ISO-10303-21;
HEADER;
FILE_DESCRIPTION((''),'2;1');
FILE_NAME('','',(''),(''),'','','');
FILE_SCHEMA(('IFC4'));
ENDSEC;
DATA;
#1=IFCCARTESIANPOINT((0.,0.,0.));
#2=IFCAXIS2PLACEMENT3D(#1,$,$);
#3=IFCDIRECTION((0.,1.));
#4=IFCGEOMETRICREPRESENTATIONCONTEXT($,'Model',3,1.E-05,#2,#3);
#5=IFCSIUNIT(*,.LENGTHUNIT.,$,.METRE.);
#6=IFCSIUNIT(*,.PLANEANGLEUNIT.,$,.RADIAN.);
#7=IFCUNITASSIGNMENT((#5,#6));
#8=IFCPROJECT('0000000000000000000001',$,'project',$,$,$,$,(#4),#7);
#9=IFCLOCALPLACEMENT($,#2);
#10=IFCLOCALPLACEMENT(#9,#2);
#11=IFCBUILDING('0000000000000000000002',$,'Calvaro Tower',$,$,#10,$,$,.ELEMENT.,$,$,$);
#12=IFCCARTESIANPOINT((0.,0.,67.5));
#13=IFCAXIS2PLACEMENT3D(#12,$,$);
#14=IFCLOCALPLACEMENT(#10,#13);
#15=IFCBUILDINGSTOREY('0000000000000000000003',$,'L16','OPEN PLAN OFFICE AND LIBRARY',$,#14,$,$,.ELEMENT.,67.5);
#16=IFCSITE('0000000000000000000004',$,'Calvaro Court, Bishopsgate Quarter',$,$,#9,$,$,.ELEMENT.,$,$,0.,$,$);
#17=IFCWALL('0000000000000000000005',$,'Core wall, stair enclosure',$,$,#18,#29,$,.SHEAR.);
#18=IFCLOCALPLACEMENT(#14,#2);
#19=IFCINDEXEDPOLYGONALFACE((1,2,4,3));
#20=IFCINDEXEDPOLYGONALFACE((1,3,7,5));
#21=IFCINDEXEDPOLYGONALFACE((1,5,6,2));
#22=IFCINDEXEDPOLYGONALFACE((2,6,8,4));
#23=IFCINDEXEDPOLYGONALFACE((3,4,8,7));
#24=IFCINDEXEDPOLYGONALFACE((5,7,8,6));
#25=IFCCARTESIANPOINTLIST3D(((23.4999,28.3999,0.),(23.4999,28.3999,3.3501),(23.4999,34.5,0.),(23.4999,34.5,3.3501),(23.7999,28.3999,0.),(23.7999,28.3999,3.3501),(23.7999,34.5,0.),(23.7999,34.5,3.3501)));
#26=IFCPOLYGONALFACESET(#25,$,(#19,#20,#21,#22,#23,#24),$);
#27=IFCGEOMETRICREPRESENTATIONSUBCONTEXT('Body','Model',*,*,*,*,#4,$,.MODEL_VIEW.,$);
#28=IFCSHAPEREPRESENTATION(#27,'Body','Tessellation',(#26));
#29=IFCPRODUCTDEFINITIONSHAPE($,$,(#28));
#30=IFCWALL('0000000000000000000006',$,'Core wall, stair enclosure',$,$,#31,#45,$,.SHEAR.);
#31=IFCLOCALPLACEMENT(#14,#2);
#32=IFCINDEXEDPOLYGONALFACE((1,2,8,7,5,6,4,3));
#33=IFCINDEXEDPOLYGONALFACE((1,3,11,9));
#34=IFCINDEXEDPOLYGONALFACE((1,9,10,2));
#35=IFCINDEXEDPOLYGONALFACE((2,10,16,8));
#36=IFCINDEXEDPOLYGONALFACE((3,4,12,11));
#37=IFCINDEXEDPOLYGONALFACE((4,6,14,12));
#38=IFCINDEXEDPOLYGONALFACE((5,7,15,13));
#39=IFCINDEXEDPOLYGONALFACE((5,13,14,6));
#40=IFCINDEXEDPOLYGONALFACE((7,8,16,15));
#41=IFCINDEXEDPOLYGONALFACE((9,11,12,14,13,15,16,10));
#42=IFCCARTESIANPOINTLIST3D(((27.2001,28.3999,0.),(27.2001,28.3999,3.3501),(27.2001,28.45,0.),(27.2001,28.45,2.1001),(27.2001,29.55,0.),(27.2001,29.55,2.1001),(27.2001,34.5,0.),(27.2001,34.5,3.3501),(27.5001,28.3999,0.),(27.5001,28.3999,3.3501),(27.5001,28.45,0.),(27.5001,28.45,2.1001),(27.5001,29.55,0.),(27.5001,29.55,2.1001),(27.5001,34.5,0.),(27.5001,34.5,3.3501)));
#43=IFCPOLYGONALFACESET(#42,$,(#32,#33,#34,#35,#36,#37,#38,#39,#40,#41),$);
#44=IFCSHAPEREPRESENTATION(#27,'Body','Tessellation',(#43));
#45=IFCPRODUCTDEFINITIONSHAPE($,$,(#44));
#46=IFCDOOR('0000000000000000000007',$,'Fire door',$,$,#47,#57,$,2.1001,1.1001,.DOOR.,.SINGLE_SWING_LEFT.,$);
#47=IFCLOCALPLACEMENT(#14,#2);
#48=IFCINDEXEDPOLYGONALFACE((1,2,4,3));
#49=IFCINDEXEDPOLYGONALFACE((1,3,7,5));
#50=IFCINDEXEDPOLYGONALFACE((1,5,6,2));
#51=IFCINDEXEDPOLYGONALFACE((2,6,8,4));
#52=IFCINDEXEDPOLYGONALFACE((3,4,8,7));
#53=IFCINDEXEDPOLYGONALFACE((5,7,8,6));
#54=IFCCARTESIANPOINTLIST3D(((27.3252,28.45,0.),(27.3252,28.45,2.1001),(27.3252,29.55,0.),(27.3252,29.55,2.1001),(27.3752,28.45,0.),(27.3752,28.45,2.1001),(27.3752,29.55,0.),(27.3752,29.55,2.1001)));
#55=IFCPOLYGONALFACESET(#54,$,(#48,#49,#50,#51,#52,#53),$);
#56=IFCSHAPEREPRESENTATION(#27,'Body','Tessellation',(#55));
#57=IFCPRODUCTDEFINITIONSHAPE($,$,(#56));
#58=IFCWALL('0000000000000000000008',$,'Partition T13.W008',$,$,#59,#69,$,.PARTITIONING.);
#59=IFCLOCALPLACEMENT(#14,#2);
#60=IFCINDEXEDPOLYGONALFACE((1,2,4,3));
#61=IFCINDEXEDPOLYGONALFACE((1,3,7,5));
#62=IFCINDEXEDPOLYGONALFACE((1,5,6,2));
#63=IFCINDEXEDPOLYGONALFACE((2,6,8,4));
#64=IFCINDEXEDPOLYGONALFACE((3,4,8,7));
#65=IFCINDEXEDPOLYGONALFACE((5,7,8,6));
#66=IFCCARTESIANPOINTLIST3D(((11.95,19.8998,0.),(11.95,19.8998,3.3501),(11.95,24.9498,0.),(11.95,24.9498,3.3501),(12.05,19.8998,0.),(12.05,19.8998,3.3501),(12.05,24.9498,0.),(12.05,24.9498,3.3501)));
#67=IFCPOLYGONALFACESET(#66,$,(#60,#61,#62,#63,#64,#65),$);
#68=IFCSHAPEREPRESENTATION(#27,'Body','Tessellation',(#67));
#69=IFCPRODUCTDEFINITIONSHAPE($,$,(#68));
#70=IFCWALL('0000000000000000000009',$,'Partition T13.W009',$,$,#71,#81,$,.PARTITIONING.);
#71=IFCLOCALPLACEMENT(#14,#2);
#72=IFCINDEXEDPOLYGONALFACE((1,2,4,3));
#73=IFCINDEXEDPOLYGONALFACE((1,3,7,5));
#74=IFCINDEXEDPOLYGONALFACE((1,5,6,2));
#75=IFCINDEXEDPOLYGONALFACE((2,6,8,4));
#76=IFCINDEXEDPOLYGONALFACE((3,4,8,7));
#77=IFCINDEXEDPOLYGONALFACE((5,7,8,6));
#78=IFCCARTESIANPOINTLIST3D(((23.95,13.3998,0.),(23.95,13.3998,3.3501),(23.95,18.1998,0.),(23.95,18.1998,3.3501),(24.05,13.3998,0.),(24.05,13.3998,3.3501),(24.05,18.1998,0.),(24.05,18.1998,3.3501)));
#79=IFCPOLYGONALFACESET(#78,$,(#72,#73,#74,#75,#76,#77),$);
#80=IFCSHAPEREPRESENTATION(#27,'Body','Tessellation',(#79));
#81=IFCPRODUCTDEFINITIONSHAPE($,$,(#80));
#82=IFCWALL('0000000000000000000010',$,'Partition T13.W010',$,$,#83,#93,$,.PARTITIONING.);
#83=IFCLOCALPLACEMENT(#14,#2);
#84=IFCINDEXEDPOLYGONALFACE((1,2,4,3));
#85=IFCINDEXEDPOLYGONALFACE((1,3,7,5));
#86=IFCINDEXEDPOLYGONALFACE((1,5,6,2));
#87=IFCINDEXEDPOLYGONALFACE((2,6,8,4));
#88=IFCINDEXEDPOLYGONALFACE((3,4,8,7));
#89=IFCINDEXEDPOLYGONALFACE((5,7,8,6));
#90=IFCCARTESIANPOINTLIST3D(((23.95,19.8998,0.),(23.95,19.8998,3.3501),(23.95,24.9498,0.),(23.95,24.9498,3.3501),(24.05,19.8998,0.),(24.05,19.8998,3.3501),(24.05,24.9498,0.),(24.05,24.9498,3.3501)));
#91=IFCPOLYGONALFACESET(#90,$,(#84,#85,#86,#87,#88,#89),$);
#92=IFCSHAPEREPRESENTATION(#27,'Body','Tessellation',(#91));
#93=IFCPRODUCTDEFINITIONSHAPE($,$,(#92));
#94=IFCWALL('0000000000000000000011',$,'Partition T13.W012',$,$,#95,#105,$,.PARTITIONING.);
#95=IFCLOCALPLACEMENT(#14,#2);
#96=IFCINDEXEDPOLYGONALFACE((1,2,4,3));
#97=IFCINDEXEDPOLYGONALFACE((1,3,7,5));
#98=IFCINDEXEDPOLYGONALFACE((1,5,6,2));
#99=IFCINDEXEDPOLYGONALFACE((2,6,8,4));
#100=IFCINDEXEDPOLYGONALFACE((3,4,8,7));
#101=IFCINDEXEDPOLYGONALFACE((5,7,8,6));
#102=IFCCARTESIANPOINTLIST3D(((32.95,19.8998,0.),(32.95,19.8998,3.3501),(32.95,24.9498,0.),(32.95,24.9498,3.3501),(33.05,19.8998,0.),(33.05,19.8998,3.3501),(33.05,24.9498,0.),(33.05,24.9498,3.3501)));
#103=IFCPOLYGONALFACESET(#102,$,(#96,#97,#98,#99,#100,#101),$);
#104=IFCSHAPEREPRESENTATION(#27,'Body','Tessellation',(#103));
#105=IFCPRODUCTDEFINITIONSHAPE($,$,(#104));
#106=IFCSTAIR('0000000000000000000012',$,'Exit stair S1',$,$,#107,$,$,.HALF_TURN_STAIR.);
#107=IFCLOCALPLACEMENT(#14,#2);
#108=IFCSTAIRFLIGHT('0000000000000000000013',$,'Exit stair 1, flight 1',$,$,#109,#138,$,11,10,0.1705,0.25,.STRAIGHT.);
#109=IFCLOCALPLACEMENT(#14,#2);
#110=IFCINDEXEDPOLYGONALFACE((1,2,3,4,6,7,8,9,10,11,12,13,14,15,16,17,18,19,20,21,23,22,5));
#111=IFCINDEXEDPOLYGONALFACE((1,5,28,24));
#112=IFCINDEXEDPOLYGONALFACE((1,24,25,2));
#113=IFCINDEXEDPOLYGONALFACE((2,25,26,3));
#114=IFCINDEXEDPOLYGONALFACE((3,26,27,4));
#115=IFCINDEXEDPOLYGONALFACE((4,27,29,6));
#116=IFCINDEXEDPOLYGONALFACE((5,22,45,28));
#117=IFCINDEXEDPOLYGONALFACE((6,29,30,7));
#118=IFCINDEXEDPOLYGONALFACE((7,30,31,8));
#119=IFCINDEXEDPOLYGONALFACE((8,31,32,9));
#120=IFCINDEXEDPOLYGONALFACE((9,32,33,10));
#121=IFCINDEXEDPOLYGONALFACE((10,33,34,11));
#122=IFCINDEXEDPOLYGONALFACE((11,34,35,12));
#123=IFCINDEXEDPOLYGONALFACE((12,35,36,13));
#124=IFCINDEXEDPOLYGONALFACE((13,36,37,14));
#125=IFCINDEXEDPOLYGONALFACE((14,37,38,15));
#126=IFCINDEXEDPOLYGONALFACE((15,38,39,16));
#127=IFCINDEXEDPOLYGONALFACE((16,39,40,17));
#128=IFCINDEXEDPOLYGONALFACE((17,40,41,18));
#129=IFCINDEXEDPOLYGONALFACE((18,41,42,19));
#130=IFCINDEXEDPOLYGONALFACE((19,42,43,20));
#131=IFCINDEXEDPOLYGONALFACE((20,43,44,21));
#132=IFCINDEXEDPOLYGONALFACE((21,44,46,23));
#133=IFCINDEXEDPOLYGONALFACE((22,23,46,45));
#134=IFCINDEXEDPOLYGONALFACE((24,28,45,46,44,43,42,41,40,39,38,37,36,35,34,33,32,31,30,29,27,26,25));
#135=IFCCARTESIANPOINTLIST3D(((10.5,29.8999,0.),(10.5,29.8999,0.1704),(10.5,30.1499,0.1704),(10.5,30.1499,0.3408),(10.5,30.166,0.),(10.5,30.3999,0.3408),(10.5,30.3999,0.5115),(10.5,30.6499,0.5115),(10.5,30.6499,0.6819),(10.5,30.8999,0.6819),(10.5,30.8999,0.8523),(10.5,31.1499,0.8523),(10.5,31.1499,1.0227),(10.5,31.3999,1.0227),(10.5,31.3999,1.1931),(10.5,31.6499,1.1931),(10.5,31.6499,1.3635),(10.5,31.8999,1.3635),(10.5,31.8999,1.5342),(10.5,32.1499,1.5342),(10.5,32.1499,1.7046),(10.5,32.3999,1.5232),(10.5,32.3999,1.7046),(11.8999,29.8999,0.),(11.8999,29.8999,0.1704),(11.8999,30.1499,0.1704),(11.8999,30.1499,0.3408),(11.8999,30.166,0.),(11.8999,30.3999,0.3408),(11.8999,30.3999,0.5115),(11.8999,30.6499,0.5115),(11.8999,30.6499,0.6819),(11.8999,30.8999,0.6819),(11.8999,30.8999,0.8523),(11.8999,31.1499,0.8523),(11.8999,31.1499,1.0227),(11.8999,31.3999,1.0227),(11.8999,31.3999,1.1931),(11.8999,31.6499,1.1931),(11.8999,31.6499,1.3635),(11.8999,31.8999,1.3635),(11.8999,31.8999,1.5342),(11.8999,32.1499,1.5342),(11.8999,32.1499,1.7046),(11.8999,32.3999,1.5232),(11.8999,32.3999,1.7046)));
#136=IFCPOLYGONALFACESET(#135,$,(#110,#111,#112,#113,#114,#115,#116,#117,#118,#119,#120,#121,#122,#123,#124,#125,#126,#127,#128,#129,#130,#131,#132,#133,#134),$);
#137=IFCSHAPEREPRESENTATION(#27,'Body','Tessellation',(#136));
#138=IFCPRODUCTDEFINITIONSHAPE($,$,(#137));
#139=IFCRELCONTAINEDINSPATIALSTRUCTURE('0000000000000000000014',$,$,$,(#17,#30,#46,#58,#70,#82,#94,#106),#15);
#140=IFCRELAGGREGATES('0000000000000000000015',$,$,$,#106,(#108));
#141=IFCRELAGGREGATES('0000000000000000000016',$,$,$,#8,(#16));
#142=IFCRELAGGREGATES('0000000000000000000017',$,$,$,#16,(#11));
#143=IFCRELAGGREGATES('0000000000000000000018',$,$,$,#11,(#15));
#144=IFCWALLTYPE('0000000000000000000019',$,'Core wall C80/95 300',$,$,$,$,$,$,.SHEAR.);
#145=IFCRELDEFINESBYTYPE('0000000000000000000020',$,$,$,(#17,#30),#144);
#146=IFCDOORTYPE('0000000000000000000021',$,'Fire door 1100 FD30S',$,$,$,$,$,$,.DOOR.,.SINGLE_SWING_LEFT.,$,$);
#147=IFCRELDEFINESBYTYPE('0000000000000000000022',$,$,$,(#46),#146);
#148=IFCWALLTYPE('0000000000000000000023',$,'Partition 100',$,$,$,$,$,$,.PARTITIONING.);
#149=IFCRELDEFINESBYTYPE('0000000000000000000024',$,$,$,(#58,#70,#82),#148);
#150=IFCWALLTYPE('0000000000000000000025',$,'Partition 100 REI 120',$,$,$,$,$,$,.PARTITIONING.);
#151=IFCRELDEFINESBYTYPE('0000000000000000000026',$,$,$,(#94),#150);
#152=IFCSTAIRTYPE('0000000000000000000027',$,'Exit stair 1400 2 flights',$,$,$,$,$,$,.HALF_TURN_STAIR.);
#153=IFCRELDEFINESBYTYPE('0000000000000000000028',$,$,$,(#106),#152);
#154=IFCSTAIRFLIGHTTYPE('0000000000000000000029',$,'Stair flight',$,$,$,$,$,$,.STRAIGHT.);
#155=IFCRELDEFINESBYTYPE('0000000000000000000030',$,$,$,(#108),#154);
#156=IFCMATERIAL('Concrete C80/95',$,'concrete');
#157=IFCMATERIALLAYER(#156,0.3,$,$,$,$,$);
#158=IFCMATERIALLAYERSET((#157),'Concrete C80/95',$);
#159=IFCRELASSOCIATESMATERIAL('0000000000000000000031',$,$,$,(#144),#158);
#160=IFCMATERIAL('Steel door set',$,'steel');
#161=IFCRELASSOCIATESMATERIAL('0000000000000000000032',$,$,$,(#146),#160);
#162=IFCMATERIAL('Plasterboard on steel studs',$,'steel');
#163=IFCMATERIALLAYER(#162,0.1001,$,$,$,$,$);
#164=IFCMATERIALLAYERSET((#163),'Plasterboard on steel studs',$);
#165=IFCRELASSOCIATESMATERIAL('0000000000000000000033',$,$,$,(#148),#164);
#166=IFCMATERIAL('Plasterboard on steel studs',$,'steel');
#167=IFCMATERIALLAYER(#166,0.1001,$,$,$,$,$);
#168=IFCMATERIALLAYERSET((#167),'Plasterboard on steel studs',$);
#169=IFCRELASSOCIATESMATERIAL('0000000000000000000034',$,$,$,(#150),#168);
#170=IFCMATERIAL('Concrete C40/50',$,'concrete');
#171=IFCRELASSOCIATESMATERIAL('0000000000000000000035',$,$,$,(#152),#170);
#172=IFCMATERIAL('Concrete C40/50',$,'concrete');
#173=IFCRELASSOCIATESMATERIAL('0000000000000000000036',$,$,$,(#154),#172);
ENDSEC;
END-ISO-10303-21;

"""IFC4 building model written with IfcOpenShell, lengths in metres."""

from ifc_helpers import new_model, si_unit, direction, frame, frame_2d, origin, place, context, subcontext, project, spatial, polyline, rectangle, outline, extrude, material, layer, layer_set, type_object, element, fill, aggregate, save


model = new_model("IFC4")

# Units and contexts
model_context = context("Model", 3, precision=1e-05, world=origin(), true_north=direction((0.0, 1.0)))
body_context = subcontext(model_context, "Body", "Model", "MODEL_VIEW")
ifc_project = project(units=[si_unit("LENGTHUNIT", "METRE"), si_unit("PLANEANGLEUNIT", "RADIAN")], contexts=[model_context])

# Site, building, storey
site_placement = place(None, origin())
site = spatial("IfcSite", under=ifc_project, at=site_placement, Name="Calvaro Court, Bishopsgate Quarter", CompositionType="ELEMENT", RefElevation=0.0)
building_placement = place(site_placement, origin())
building = spatial("IfcBuilding", under=site, at=building_placement, Name="Calvaro Tower", CompositionType="ELEMENT")
storey_placement = place(building_placement, frame((0.0, 0.0, 67.5)))
storey = spatial("IfcBuildingStorey", under=building, at=storey_placement, Name="L16", Description="OPEN PLAN OFFICE AND LIBRARY", CompositionType="ELEMENT", Elevation=67.5)

# Wall
ifc_material_1 = material(Name="Concrete C80/95", Category="concrete")
ifc_layer_1 = layer(ifc_material_1, 0.3)
ifc_layer_set_1 = layer_set([ifc_layer_1], Name="Concrete C80/95")
wall_type_1 = type_object("IfcWallType", Name="Core wall C80/95 300", PredefinedType="SHEAR", material=ifc_layer_set_1)
for number, where, z_axis, x_axis, name in (
    (1, (23.6499, 28.3999, 0.0), (0.0, 0.0, 1.0), (0.0, 1.0, 0.0), "Core wall, stair enclosure"),
):
    element("IfcWall", number, at=place(storey_placement, frame(where, z_axis=z_axis, x_axis=x_axis)), inside=storey, type_object=wall_type_1, Name=name, PredefinedType="SHEAR", context=body_context, shape_type="SweptSolid", body=[
        extrude(rectangle(XDim=6.1001, YDim=0.3, at=frame_2d((3.05, 0.0))), origin(), (0.0, 0.0, 1.0), 3.3501),
    ])

# Wall, opening, door
wall_1_placement = place(storey_placement, frame((27.3501, 28.3999, 0.0), z_axis=(0.0, 0.0, 1.0), x_axis=(0.0, 1.0, 0.0)))
wall_1 = element("IfcWall", 2, at=wall_1_placement, inside=storey, type_object=wall_type_1, Name="Core wall, stair enclosure", PredefinedType="SHEAR", context=body_context, shape_type="SweptSolid", body=[
    extrude(rectangle(XDim=6.1001, YDim=0.3, at=frame_2d((3.05, 0.0))), origin(), (0.0, 0.0, 1.0), 3.3501),
])
opening_1_placement = place(wall_1_placement, frame((0.05, 0.0, 0.0)))
opening_1 = element("IfcOpeningElement", 3, at=opening_1_placement, cuts=wall_1, PredefinedType="OPENING", context=body_context, shape_type="SweptSolid", body=[
    extrude(rectangle(XDim=1.1001, YDim=2.1001, at=frame_2d((0.55, 1.05))), frame((0.0, 0.1599, 0.0), z_axis=(0.0, -1.0, 0.0), x_axis=(1.0, 0.0, 0.0)), (0.0, 0.0, 1.0), 0.3201),
])
ifc_material_2 = material(Name="Steel door set", Category="steel")
door_type_1 = type_object("IfcDoorType", Name="Fire door 1100 FD30S", OperationType="SINGLE_SWING_LEFT", PredefinedType="DOOR", material=ifc_material_2)
door_1_placement = place(opening_1_placement, origin())
door_1 = element("IfcDoor", 4, at=door_1_placement, inside=storey, type_object=door_type_1, Name="Fire door", OperationType="SINGLE_SWING_LEFT", OverallHeight=2.1001, OverallWidth=1.1001, PredefinedType="DOOR", context=body_context, shape_type="SweptSolid", body=[
    extrude(rectangle(XDim=1.1001, YDim=2.1001, at=frame_2d((0.55, 1.05))), frame((0.0, 0.0249, 0.0), z_axis=(0.0, -1.0, 0.0), x_axis=(1.0, 0.0, 0.0)), (0.0, 0.0, 1.0), 0.05),
])
fill(opening_1, door_1)

# Walls
ifc_material_3 = material(Name="Plasterboard on steel studs", Category="steel")
ifc_layer_2 = layer(ifc_material_3, 0.1001)
ifc_layer_set_2 = layer_set([ifc_layer_2], Name="Plasterboard on steel studs")
wall_type_2 = type_object("IfcWallType", Name="Partition 100", PredefinedType="PARTITIONING", material=ifc_layer_set_2)
wall_2_placement = place(storey_placement, frame((12.0, 19.8999, 0.0), z_axis=(0.0, 0.0, 1.0), x_axis=(0.0, 1.0, 0.0)))
element("IfcWall", 5, at=wall_2_placement, inside=storey, type_object=wall_type_2, Name="Partition T13.W008", PredefinedType="PARTITIONING", context=body_context, shape_type="SweptSolid", body=[
    extrude(rectangle(XDim=5.05, YDim=0.1001, at=frame_2d((2.5249, 0.0))), origin(), (0.0, 0.0, 1.0), 3.3501),
])
wall_3_placement = place(storey_placement, frame((24.0, 13.3999, 0.0), z_axis=(0.0, 0.0, 1.0), x_axis=(0.0, 1.0, 0.0)))
element("IfcWall", 6, at=wall_3_placement, inside=storey, type_object=wall_type_2, Name="Partition T13.W009", PredefinedType="PARTITIONING", context=body_context, shape_type="SweptSolid", body=[
    extrude(rectangle(XDim=4.8, YDim=0.1001, at=frame_2d((2.3999, 0.0))), origin(), (0.0, 0.0, 1.0), 3.3501),
])
wall_4_placement = place(storey_placement, frame((24.0, 19.8999, 0.0), z_axis=(0.0, 0.0, 1.0), x_axis=(0.0, 1.0, 0.0)))
element("IfcWall", 7, at=wall_4_placement, inside=storey, type_object=wall_type_2, Name="Partition T13.W010", PredefinedType="PARTITIONING", context=body_context, shape_type="SweptSolid", body=[
    extrude(rectangle(XDim=5.05, YDim=0.1001, at=frame_2d((2.5249, 0.0))), origin(), (0.0, 0.0, 1.0), 3.3501),
])
ifc_material_4 = material(Name="Plasterboard on steel studs", Category="steel")
ifc_layer_3 = layer(ifc_material_4, 0.1001)
ifc_layer_set_3 = layer_set([ifc_layer_3], Name="Plasterboard on steel studs")
wall_type_3 = type_object("IfcWallType", Name="Partition 100 REI 120", PredefinedType="PARTITIONING", material=ifc_layer_set_3)
wall_5_placement = place(storey_placement, frame((33.0, 19.8999, 0.0), z_axis=(0.0, 0.0, 1.0), x_axis=(0.0, 1.0, 0.0)))
element("IfcWall", 8, at=wall_5_placement, inside=storey, type_object=wall_type_3, Name="Partition T13.W012", PredefinedType="PARTITIONING", context=body_context, shape_type="SweptSolid", body=[
    extrude(rectangle(XDim=5.05, YDim=0.1001, at=frame_2d((2.5249, 0.0))), origin(), (0.0, 0.0, 1.0), 3.3501),
])

# Stair, stair flight
ifc_material_5 = material(Name="Concrete C40/50", Category="concrete")
stair_type = type_object("IfcStairType", Name="Exit stair 1400 2 flights", PredefinedType="HALF_TURN_STAIR", material=ifc_material_5)
stair_placement = place(storey_placement, origin())
stair = element("IfcStair", 9, at=stair_placement, inside=storey, type_object=stair_type, Name="Exit stair S1", PredefinedType="HALF_TURN_STAIR")
ifc_material_6 = material(Name="Concrete C40/50", Category="concrete")
stair_flight_type = type_object("IfcStairFlightType", Name="Stair flight", PredefinedType="STRAIGHT", material=ifc_material_6)
stair_flight_placement = place(storey_placement, frame((11.2, 29.8999, 0.0), z_axis=(0.0, 0.0, 1.0), x_axis=(0.0, 1.0, 0.0)))
stair_flight = element("IfcStairFlight", 10, at=stair_flight_placement, type_object=stair_flight_type, Name="Exit stair 1, flight 1", NumberOfRisers=11, NumberOfTreads=10, PredefinedType="STRAIGHT", RiserHeight=0.1705, TreadLength=0.25, context=body_context, shape_type="SweptSolid", body=[
    extrude(outline(polyline([(0.0, 0.0), (0.0, 0.1704), (0.25, 0.1704), (0.25, 0.3408), (0.5, 0.3408), (0.5, 0.5115), (0.75, 0.5115), (0.75, 0.6819), (1.0, 0.6819), (1.0, 0.8523), (1.25, 0.8523), (1.25, 1.0227), (1.5, 1.0227), (1.5, 1.1931), (1.75, 1.1931), (1.75, 1.3635), (2.0, 1.3635), (2.0, 1.5342), (2.25, 1.5342), (2.25, 1.7046), (2.5, 1.7046), (2.5, 1.875), (2.5, 1.5232), (0.2661, 0.0), (0.0, 0.0)])), frame((0.0, 0.7, 0.0), z_axis=(0.0, -1.0, 0.0), x_axis=(1.0, 0.0, 0.0)), (0.0, 0.0, 1.0), 1.3999),
])
aggregate(stair, [stair_flight])

save(model, "model.ifc")
